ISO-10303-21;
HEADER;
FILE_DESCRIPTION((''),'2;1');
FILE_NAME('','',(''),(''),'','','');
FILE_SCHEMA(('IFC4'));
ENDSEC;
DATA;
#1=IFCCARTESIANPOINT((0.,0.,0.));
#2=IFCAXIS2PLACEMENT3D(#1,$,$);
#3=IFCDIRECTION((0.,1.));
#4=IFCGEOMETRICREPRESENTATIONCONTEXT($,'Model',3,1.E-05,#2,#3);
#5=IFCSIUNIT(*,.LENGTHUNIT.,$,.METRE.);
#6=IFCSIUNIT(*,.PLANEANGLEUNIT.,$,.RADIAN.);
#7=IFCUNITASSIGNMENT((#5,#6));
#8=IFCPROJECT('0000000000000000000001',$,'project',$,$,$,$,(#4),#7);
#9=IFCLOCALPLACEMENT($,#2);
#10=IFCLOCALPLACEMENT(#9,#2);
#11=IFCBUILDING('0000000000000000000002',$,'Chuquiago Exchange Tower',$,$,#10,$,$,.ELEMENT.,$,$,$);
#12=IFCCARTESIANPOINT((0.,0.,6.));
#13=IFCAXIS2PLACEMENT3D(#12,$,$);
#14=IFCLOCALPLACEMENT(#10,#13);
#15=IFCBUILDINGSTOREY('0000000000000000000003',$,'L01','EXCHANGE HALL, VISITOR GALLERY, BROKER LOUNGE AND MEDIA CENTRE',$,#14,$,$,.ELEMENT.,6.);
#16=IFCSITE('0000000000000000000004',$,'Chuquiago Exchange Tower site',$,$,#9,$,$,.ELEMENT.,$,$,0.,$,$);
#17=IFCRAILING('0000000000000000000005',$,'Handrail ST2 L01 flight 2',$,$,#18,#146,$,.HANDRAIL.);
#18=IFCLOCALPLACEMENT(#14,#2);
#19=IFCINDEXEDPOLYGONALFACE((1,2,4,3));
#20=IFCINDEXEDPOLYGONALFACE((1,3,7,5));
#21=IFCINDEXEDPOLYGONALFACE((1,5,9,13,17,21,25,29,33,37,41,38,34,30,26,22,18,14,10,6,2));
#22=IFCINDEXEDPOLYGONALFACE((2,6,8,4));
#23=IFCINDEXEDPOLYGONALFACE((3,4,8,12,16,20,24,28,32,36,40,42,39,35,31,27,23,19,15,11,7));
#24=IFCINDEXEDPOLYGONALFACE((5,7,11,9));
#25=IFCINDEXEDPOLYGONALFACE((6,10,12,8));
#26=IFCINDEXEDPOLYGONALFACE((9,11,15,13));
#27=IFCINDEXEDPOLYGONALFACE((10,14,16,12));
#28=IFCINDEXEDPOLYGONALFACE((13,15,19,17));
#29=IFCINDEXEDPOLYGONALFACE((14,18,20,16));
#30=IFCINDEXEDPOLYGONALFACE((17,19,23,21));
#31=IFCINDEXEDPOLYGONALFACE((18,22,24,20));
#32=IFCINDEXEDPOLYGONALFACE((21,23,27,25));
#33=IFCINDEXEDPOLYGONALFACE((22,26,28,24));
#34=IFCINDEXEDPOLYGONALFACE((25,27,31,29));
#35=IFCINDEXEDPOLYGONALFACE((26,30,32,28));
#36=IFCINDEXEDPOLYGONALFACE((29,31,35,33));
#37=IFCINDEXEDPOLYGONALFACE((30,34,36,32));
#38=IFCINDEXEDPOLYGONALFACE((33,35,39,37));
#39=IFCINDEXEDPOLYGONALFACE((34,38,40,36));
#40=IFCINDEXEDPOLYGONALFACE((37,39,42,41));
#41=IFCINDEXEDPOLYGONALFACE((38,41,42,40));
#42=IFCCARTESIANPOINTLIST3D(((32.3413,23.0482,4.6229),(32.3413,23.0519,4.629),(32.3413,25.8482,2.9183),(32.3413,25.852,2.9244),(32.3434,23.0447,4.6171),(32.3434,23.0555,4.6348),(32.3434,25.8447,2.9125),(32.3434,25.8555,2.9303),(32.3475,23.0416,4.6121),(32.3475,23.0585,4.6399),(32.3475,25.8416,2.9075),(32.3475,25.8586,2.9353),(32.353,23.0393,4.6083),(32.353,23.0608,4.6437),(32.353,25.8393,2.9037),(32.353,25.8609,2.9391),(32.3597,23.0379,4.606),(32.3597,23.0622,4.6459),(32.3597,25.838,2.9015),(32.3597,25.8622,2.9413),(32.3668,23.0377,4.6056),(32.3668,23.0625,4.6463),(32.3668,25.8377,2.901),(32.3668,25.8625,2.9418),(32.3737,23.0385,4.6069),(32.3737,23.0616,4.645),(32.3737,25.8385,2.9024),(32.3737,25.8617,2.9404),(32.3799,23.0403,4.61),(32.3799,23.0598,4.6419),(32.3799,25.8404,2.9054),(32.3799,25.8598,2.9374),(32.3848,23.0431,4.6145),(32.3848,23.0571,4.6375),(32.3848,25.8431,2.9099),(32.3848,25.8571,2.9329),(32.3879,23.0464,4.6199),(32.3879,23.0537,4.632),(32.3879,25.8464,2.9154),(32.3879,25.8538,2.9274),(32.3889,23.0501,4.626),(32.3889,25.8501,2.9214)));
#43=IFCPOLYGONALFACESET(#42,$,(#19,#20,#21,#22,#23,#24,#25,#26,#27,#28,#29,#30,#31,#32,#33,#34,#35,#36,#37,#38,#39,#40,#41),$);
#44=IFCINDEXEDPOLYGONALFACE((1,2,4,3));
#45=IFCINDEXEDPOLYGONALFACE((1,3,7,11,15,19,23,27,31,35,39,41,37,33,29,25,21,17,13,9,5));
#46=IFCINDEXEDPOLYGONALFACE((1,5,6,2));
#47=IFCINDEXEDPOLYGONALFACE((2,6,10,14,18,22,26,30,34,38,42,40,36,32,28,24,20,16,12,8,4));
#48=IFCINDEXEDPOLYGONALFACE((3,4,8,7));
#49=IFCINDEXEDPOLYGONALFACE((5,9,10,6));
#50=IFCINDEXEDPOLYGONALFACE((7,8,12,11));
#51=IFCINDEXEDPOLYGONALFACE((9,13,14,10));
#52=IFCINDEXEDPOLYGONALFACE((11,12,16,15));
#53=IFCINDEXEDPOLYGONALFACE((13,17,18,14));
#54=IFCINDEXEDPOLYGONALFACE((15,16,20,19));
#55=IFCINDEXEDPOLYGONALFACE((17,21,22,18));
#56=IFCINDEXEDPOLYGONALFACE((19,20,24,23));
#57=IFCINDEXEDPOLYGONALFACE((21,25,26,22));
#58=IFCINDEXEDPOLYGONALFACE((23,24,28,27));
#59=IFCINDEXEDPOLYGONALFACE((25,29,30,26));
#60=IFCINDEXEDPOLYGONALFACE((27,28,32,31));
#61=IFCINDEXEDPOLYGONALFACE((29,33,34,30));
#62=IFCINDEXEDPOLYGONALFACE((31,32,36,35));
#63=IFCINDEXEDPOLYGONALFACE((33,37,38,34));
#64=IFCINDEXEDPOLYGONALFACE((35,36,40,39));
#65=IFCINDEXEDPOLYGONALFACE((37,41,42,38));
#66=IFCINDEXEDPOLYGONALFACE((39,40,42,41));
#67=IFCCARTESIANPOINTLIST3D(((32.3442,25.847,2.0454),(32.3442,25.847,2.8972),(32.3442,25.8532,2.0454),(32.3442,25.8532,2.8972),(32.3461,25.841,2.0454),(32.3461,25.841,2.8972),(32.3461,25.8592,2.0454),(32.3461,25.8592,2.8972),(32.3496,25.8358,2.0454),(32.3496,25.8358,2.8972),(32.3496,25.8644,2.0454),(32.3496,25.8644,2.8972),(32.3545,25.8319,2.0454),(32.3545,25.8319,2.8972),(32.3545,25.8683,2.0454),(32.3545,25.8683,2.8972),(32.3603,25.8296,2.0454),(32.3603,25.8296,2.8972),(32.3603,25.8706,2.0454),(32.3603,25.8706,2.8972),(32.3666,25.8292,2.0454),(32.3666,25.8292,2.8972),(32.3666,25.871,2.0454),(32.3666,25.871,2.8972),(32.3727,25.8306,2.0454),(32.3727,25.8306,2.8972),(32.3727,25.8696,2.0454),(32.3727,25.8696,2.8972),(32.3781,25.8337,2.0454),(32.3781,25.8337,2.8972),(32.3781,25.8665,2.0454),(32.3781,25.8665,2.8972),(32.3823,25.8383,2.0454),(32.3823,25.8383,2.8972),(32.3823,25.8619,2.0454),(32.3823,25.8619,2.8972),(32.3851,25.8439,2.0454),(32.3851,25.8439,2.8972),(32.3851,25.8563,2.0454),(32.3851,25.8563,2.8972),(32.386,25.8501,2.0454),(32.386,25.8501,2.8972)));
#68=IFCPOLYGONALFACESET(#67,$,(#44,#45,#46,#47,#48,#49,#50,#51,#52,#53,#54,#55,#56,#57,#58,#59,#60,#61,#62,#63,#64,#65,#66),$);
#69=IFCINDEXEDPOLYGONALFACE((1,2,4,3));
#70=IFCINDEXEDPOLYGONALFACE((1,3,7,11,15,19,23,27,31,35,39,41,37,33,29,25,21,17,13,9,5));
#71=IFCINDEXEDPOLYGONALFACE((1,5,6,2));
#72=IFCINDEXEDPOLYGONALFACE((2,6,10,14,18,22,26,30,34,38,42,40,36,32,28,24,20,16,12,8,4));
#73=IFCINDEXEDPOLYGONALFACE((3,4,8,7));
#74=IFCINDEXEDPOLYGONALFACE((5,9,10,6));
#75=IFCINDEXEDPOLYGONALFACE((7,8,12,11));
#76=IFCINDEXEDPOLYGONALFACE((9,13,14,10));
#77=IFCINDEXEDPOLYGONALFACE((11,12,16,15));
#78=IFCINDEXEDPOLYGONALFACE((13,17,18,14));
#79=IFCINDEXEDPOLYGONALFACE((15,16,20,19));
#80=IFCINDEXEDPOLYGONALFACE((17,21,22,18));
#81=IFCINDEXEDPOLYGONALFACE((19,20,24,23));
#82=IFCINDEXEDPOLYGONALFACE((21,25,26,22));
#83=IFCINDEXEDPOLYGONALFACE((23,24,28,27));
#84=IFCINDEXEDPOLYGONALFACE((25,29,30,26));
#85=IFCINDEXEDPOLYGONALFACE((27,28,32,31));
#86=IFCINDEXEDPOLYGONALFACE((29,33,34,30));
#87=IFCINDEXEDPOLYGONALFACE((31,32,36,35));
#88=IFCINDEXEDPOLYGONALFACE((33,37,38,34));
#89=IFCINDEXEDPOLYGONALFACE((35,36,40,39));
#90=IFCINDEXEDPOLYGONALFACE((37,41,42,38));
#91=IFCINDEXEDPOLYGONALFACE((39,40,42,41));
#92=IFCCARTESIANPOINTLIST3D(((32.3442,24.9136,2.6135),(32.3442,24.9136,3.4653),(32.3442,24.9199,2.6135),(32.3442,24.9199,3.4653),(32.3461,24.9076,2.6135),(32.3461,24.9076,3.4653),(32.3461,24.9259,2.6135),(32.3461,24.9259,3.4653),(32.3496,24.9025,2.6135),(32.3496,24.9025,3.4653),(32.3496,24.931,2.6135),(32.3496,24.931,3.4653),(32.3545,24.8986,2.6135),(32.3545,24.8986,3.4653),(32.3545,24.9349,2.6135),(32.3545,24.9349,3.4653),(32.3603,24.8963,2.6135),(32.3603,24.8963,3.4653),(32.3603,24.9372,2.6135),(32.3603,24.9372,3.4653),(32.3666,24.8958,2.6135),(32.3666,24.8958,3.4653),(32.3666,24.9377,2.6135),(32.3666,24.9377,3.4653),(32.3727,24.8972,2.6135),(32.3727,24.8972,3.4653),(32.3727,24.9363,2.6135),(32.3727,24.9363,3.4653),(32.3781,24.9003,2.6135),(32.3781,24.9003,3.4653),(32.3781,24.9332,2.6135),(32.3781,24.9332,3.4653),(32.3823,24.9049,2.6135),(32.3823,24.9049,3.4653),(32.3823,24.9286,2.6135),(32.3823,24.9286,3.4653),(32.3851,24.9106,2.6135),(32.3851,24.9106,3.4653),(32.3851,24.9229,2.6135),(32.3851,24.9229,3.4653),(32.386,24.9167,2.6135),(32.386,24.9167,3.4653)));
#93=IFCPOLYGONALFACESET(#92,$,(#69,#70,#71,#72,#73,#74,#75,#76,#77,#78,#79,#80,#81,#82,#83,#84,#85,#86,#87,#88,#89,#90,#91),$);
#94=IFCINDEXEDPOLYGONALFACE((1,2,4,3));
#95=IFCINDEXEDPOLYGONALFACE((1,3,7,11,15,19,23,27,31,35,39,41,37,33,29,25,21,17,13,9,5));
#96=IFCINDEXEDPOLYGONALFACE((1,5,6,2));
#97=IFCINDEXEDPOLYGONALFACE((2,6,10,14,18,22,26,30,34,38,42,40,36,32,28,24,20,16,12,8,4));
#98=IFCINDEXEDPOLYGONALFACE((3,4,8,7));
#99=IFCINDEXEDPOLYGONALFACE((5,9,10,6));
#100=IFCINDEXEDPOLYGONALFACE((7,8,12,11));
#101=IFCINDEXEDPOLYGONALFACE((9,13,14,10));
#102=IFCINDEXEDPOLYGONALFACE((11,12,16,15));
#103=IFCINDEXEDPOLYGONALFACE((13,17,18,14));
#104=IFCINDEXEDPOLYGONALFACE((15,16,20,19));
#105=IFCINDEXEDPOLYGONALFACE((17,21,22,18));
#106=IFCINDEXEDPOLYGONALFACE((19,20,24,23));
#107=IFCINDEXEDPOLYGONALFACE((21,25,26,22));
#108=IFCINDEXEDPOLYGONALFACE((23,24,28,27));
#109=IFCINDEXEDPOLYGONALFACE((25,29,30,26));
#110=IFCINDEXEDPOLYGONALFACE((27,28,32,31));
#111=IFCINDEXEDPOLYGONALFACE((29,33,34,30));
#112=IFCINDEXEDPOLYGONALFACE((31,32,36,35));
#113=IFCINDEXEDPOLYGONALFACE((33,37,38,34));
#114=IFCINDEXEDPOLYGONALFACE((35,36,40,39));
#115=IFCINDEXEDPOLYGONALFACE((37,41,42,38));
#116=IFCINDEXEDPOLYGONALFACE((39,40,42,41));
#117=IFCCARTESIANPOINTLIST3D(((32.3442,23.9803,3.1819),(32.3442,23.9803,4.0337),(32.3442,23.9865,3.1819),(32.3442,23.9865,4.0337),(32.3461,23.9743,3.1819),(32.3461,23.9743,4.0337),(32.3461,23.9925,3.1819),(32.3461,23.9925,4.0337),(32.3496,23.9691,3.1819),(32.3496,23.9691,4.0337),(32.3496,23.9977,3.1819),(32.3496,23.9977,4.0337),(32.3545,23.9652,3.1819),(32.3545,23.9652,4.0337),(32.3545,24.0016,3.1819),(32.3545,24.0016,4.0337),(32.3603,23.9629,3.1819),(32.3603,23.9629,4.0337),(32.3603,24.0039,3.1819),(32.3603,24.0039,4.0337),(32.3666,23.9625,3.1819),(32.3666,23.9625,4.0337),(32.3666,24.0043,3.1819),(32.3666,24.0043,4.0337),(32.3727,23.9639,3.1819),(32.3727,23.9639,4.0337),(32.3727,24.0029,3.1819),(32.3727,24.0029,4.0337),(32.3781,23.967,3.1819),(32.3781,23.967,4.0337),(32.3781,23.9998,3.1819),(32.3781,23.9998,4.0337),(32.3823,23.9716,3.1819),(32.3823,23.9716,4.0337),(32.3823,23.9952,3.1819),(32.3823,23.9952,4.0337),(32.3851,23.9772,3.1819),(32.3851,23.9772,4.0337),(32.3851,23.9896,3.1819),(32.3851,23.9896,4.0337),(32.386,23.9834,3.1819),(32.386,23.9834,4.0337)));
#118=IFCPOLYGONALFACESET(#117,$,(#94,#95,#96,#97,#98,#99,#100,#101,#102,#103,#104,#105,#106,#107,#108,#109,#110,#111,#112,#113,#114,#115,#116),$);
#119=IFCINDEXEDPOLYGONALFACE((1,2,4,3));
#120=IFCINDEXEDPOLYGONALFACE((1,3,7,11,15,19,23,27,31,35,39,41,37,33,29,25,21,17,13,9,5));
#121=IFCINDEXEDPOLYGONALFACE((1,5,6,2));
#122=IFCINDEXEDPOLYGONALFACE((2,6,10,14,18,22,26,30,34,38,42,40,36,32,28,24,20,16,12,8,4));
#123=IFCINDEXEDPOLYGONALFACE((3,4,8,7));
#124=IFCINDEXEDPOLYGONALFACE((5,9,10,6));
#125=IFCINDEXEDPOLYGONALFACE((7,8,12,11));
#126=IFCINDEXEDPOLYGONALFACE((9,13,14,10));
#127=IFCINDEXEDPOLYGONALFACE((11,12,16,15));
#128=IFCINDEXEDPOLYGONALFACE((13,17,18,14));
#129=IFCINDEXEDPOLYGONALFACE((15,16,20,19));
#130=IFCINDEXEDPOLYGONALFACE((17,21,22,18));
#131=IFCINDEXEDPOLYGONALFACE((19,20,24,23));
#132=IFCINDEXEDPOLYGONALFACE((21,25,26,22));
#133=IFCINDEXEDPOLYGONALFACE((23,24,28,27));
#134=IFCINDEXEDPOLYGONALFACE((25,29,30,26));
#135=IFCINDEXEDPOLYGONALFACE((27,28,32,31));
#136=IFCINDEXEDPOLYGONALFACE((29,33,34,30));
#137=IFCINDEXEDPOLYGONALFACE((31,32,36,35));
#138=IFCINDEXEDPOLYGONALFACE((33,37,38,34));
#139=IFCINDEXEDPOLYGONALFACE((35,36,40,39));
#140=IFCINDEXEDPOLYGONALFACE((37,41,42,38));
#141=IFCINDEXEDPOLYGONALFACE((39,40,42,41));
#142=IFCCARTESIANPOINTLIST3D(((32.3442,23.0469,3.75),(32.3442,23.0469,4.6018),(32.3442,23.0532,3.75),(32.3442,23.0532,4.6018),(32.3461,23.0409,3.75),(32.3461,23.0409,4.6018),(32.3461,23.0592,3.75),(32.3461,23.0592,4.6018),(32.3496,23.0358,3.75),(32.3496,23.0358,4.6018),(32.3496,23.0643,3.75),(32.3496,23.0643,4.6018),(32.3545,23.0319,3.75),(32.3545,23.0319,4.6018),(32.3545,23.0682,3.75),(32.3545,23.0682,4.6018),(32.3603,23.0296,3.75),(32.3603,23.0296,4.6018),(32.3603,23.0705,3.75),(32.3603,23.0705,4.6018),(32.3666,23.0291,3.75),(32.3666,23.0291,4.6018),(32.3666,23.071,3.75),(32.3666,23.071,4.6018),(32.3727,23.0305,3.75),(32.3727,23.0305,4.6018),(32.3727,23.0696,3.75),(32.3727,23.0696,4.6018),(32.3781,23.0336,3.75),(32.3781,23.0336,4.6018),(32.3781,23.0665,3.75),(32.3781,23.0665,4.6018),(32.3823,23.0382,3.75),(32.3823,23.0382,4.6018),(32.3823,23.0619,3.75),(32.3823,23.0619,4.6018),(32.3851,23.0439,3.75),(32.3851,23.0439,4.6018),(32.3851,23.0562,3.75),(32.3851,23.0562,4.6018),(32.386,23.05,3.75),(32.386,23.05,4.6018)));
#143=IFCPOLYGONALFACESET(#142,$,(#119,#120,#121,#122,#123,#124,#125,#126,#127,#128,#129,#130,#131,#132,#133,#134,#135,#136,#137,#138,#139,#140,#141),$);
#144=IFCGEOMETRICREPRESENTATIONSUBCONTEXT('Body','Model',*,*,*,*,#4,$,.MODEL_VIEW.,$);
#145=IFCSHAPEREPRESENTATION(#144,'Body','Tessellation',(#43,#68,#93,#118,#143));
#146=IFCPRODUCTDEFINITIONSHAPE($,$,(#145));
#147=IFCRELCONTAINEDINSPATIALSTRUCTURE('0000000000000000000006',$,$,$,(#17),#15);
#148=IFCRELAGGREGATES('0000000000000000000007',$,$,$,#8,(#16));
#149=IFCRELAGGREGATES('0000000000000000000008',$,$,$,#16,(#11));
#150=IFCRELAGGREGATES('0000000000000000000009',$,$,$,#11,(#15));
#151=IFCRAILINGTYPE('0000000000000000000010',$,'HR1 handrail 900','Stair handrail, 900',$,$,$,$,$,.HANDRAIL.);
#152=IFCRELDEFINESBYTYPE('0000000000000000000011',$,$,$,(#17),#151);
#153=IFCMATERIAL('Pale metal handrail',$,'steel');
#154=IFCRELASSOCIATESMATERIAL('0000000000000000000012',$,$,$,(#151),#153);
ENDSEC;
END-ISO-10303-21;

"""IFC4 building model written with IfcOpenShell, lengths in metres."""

from ifc_helpers import new_model, si_unit, direction, frame, origin, origin_2d, place, context, subcontext, project, spatial, circle, extrude, material, type_object, element, save


model = new_model("IFC4")

# Units and contexts
model_context = context("Model", 3, precision=1e-05, world=origin(), true_north=direction((0.0, 1.0)))
body_context = subcontext(model_context, "Body", "Model", "MODEL_VIEW")
ifc_project = project(units=[si_unit("LENGTHUNIT", "METRE"), si_unit("PLANEANGLEUNIT", "RADIAN")], contexts=[model_context])

# Site, building, storey
site_placement = place(None, origin())
site = spatial("IfcSite", under=ifc_project, at=site_placement, Name="Chuquiago Exchange Tower site", CompositionType="ELEMENT", RefElevation=0.0)
building_placement = place(site_placement, origin())
building = spatial("IfcBuilding", under=site, at=building_placement, Name="Chuquiago Exchange Tower", CompositionType="ELEMENT")
storey_placement = place(building_placement, frame((0.0, 0.0, 6.0)))
storey = spatial("IfcBuildingStorey", under=building, at=storey_placement, Name="L01", Description="EXCHANGE HALL, VISITOR GALLERY, BROKER LOUNGE AND MEDIA CENTRE", CompositionType="ELEMENT", Elevation=6.0)

# Railing
ifc_material_1 = material(Name="Pale metal handrail", Category="steel")
railing_type_1 = type_object("IfcRailingType", Name="HR1 handrail 900", Description="Stair handrail, 900", PredefinedType="HANDRAIL", material=ifc_material_1)
for number, where, name in (
    (1, (32.365, 25.8501, 2.0454), "Handrail ST2 L01 flight 2"),
):
    element("IfcRailing", number, at=place(storey_placement, frame(where)), inside=storey, type_object=railing_type_1, Name=name, PredefinedType="HANDRAIL", context=body_context, shape_type="SweptSolid", body=[
        extrude(circle(Radius=0.0239, at=origin_2d()), frame((0.0, 0.0, 0.876), z_axis=(0.0, -0.85417, 0.519994), x_axis=(1.0, 0.0, 0.0)), (0.0, 0.0, 1.0), 3.2781),
        extrude(circle(Radius=0.021, at=origin_2d()), origin(), (0.0, 0.0, 1.0), 0.8518),
        extrude(circle(Radius=0.021, at=origin_2d()), frame((0.0, -0.9333, 0.5681)), (0.0, 0.0, 1.0), 0.8518),
        extrude(circle(Radius=0.021, at=origin_2d()), frame((0.0, -1.8667, 1.1365)), (0.0, 0.0, 1.0), 0.8518),
        extrude(circle(Radius=0.021, at=origin_2d()), frame((0.0, -2.8, 1.7046)), (0.0, 0.0, 1.0), 0.8518),
    ])

save(model, "model.ifc")
